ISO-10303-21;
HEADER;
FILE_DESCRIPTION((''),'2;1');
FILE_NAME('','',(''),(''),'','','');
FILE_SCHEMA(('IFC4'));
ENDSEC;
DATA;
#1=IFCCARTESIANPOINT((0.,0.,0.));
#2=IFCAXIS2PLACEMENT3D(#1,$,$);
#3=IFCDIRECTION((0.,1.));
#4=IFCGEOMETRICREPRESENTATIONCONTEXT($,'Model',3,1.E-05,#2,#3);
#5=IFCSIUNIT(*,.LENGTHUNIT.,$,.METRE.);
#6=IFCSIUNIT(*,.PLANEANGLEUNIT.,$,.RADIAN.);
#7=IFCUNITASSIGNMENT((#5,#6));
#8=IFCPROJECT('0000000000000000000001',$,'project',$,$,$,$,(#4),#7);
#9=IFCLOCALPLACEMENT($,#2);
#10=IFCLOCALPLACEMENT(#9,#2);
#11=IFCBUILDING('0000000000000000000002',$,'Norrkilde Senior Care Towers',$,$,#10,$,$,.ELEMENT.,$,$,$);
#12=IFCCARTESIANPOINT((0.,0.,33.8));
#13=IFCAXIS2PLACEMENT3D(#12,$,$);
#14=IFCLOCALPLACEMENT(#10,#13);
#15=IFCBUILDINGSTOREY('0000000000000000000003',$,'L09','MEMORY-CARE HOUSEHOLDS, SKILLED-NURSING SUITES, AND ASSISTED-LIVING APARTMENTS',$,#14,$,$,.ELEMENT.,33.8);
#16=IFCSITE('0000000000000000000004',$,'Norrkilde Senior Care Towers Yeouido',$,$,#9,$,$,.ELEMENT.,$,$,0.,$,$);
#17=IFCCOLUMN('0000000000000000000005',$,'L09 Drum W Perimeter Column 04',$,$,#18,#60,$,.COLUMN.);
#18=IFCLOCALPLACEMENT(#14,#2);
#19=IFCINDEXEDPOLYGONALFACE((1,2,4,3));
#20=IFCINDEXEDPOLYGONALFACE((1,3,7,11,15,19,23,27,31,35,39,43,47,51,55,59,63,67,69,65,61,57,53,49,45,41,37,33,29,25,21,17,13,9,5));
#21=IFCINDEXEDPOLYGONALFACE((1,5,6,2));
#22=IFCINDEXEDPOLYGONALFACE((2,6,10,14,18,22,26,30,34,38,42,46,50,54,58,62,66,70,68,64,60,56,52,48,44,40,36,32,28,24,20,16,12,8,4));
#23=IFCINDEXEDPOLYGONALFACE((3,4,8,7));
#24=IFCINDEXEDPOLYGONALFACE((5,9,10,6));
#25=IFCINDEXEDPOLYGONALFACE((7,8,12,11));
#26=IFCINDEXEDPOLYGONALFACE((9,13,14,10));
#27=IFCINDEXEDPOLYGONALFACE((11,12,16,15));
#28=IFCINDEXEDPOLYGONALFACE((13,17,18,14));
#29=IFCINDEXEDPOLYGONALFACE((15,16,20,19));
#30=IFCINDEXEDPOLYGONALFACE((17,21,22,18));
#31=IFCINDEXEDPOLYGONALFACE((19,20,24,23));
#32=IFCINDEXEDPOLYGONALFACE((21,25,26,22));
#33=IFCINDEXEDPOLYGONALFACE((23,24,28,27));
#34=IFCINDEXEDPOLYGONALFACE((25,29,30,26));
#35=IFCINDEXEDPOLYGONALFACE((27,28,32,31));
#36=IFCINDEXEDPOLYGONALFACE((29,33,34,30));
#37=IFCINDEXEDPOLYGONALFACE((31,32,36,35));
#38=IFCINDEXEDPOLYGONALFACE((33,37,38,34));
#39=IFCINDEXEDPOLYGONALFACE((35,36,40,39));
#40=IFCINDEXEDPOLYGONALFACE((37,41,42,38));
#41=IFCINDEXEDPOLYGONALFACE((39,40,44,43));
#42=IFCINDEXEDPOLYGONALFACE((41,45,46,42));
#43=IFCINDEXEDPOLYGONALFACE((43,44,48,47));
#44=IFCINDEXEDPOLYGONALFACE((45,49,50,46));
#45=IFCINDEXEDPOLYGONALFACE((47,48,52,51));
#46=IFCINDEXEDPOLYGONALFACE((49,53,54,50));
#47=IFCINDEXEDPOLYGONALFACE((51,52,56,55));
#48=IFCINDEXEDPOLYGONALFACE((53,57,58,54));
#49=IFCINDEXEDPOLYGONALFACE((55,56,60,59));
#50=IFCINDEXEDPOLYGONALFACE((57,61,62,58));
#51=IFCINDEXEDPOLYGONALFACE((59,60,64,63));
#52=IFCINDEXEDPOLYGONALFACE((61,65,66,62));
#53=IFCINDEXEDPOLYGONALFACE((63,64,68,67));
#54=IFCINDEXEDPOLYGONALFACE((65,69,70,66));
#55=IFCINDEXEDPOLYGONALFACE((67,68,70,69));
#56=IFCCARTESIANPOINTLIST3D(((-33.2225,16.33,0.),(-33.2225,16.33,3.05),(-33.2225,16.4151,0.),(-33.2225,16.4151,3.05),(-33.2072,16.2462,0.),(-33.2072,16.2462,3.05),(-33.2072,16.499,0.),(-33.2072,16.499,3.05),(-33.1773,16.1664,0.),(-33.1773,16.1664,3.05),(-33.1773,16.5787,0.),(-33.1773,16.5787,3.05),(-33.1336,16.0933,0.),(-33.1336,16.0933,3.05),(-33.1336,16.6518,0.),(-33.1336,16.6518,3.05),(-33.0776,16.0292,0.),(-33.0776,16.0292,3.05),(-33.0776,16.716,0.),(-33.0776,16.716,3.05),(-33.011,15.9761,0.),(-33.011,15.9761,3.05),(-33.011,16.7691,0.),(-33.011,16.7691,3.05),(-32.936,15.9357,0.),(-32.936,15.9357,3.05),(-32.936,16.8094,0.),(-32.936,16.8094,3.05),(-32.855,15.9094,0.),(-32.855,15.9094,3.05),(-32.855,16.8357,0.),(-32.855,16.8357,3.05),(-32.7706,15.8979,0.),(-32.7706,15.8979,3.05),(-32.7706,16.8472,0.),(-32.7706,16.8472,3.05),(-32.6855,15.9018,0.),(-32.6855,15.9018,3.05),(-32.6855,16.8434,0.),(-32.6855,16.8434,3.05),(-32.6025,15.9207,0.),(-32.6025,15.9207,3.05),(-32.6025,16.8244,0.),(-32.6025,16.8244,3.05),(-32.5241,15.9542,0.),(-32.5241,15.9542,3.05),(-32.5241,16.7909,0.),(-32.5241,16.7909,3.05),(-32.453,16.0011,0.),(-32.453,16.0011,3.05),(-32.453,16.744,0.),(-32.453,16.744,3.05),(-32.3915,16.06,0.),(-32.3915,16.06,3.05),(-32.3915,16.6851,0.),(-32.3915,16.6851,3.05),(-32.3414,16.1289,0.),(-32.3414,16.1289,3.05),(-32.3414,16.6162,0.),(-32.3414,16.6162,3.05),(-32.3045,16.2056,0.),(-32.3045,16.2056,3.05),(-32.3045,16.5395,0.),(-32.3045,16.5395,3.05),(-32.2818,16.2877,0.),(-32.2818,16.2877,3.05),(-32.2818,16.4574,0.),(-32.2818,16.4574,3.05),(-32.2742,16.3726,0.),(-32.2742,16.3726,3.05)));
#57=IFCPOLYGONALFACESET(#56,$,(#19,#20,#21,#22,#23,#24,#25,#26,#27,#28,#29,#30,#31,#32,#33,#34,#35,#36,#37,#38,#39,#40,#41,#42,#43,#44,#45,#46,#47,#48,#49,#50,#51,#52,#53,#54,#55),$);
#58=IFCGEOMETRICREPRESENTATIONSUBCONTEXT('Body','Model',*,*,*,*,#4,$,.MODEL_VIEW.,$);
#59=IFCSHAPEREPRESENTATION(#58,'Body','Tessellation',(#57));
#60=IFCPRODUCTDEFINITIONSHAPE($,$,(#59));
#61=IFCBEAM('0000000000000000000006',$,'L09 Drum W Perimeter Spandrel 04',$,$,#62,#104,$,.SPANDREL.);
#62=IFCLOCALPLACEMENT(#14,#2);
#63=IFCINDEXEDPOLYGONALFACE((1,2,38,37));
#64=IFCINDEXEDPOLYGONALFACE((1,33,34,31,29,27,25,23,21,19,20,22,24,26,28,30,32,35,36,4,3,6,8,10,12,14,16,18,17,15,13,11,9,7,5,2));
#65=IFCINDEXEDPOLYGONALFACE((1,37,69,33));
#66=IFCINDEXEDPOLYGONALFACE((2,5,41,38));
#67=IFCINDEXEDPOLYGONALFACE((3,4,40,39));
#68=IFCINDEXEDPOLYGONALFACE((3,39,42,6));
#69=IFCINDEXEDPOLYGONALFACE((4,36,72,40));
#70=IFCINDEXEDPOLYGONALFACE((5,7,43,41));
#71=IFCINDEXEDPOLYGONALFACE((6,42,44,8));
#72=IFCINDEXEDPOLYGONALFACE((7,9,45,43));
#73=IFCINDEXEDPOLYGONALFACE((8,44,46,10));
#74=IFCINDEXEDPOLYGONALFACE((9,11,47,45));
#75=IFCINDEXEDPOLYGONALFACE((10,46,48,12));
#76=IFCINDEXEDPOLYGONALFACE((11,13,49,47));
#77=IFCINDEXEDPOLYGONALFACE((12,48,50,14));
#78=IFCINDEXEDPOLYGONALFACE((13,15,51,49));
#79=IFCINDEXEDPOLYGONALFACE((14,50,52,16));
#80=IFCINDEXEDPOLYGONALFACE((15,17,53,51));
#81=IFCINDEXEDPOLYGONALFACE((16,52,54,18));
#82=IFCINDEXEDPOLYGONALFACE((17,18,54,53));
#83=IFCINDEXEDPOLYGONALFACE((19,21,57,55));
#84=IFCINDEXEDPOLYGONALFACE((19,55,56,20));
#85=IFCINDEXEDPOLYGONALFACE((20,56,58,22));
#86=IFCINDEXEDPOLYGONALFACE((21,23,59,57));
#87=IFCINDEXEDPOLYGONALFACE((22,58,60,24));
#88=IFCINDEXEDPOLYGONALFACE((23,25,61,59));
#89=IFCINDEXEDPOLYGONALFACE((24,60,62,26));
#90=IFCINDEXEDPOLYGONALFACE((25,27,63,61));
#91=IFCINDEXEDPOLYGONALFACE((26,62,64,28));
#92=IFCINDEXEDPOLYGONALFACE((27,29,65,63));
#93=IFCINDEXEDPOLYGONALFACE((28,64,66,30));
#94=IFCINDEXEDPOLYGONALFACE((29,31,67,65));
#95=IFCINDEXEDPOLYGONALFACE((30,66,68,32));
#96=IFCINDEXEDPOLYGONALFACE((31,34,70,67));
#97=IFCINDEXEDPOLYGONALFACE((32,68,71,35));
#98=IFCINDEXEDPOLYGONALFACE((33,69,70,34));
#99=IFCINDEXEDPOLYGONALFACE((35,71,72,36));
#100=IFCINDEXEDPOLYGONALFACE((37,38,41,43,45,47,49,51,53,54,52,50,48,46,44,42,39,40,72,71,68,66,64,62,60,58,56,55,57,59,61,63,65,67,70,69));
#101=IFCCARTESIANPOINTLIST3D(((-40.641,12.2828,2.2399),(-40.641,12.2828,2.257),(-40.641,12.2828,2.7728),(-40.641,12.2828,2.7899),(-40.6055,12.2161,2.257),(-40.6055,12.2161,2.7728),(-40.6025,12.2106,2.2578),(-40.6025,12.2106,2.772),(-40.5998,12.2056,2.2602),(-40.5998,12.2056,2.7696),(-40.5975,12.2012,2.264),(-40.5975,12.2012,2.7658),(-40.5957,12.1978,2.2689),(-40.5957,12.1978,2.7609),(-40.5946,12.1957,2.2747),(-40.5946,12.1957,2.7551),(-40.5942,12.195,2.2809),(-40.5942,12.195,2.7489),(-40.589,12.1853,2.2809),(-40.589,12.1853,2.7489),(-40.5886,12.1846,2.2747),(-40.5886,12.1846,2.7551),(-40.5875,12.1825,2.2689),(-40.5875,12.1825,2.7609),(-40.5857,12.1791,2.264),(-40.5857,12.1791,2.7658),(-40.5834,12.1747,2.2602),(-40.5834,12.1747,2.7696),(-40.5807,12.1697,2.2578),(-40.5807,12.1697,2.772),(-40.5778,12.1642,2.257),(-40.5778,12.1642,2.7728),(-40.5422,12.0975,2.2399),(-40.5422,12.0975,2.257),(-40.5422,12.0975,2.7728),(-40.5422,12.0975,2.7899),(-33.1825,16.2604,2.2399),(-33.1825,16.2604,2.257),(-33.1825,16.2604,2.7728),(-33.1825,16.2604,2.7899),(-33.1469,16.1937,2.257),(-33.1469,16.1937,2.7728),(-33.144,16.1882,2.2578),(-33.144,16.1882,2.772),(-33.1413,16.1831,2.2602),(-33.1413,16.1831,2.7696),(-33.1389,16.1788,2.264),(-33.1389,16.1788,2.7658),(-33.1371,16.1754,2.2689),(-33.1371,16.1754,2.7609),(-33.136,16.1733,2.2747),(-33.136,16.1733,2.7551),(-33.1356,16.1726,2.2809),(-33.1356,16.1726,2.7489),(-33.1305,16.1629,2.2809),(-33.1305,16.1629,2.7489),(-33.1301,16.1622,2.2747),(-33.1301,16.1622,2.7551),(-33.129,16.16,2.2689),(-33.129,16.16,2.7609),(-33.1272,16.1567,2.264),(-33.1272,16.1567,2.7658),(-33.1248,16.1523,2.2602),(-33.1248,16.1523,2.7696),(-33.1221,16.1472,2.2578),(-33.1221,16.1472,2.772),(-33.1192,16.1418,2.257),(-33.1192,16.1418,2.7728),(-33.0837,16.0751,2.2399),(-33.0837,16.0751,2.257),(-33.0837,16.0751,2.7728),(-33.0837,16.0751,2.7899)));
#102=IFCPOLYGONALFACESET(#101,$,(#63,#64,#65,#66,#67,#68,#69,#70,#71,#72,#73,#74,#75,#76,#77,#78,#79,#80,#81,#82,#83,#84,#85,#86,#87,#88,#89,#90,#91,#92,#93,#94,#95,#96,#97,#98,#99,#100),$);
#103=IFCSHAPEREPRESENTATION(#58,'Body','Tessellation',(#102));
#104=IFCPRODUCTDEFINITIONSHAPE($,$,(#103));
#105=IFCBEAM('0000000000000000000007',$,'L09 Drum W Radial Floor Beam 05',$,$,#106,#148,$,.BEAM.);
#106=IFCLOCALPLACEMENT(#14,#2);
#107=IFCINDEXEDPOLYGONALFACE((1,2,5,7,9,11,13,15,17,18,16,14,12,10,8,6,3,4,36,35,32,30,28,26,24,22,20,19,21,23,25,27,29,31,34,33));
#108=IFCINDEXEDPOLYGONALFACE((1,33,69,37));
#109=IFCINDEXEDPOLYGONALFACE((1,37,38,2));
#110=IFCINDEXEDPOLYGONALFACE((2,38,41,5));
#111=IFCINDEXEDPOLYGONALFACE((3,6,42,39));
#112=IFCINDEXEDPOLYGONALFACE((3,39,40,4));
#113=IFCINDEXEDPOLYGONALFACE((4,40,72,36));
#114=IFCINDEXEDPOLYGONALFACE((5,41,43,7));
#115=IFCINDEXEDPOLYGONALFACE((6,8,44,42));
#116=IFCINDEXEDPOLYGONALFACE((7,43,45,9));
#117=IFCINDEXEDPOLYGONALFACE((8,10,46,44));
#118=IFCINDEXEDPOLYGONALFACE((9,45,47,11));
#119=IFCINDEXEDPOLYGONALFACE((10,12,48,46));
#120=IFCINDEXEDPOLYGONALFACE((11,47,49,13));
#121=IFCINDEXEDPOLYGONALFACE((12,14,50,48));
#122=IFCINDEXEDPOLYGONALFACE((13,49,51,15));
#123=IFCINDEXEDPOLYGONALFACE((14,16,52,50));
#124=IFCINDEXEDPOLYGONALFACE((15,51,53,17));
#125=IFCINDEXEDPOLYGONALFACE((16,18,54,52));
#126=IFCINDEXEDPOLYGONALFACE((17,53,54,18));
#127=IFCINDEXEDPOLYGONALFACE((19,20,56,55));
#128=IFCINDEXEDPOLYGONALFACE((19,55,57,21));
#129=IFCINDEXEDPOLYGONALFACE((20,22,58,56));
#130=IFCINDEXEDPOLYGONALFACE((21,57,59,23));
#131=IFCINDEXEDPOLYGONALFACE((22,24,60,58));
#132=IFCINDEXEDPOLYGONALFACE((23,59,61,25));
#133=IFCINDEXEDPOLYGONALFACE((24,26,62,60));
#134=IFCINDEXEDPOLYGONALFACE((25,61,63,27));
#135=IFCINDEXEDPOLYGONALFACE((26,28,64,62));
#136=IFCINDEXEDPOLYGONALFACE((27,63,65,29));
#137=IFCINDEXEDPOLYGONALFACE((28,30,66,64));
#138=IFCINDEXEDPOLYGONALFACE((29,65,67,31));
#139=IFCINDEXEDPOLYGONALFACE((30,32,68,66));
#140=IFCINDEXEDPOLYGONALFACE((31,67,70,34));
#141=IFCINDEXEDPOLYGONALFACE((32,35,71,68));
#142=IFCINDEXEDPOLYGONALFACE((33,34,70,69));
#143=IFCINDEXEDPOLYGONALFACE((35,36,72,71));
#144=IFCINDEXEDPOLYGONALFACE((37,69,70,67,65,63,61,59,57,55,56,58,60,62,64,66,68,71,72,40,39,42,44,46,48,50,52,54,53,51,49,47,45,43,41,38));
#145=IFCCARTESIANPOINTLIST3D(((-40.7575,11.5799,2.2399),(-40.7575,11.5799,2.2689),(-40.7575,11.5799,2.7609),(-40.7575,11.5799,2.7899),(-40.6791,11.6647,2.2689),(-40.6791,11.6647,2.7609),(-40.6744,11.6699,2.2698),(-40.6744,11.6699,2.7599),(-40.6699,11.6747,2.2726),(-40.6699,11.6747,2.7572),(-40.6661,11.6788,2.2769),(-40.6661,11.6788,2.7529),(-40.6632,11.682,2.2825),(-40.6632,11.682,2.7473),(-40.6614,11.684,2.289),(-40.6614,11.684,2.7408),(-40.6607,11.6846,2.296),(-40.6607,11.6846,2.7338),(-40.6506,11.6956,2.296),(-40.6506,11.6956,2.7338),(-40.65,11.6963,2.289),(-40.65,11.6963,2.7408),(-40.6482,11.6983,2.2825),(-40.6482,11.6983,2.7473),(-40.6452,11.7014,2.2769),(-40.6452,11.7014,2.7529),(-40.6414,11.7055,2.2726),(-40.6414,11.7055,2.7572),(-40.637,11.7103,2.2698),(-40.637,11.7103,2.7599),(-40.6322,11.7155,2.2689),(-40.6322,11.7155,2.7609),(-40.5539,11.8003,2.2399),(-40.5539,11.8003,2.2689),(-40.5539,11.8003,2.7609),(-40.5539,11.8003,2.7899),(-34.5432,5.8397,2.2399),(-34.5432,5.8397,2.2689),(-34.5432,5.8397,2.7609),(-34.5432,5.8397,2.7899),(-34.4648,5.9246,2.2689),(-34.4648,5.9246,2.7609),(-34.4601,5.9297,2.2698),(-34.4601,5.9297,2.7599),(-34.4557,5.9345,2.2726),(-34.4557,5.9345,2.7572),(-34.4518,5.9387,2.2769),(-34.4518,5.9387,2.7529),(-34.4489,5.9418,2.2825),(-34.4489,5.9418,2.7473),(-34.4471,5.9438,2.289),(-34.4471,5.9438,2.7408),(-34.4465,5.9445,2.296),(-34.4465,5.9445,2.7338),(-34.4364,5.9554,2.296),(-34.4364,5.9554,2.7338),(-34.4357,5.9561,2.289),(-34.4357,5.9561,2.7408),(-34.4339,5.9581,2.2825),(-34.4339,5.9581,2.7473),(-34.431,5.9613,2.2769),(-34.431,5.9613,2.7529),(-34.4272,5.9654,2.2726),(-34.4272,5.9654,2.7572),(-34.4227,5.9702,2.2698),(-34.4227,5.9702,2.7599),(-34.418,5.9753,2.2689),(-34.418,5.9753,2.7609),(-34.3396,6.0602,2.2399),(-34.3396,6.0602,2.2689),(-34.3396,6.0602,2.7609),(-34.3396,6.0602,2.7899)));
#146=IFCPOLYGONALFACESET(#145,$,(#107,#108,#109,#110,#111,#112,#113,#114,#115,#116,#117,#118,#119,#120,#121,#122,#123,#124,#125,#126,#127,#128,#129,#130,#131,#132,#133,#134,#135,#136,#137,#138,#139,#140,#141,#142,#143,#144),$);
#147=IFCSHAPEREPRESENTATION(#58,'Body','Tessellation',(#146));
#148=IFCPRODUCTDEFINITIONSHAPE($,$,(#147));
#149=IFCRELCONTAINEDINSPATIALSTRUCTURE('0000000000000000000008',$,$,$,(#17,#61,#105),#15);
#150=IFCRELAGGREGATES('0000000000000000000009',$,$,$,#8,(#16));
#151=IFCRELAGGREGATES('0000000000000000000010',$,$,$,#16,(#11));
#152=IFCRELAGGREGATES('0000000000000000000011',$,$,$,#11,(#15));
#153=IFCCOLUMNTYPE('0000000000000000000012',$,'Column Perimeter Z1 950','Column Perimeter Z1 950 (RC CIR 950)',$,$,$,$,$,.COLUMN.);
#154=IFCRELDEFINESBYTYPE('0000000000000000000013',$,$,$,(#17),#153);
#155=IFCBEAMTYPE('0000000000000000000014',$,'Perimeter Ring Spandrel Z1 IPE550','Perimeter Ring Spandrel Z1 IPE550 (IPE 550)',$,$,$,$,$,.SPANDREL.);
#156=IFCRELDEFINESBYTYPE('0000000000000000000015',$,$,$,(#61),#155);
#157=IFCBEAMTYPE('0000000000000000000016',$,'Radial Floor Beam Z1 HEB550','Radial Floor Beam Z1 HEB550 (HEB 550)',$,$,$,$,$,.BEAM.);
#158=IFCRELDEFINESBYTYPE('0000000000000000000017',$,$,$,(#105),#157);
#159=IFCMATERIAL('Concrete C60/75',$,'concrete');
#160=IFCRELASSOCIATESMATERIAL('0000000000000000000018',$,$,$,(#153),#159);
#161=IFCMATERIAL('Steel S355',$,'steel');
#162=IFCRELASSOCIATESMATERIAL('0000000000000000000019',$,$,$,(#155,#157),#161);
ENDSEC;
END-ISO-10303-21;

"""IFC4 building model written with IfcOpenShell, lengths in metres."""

from ifc_helpers import new_model, si_unit, direction, frame, origin, origin_2d, place, context, subcontext, project, spatial, circle, i_section, extrude, source, transform, mapped, material, material_profile, profile_set, type_object, type_shapes, element, save


model = new_model("IFC4")

# Units and contexts
model_context = context("Model", 3, precision=1e-05, world=origin(), true_north=direction((0.0, 1.0)))
body_context = subcontext(model_context, "Body", "Model", "MODEL_VIEW")
ifc_project = project(units=[si_unit("LENGTHUNIT", "METRE"), si_unit("PLANEANGLEUNIT", "RADIAN")], contexts=[model_context])

# Site, building, storey
site_placement = place(None, origin())
site = spatial("IfcSite", under=ifc_project, at=site_placement, Name="Norrkilde Senior Care Towers Yeouido", CompositionType="ELEMENT", RefElevation=0.0)
building_placement = place(site_placement, origin())
building = spatial("IfcBuilding", under=site, at=building_placement, Name="Norrkilde Senior Care Towers", CompositionType="ELEMENT")
storey_placement = place(building_placement, frame((0.0, 0.0, 33.8)))
storey = spatial("IfcBuildingStorey", under=building, at=storey_placement, Name="L09", Description="MEMORY-CARE HOUSEHOLDS, SKILLED-NURSING SUITES, AND ASSISTED-LIVING APARTMENTS", CompositionType="ELEMENT", Elevation=33.8)

# Column
ifc_material_1 = material(Name="Concrete C60/75", Category="concrete")
ifc_material_profile_1 = material_profile(ifc_material_1, circle(Radius=0.4751, at=origin_2d()), Name="RC CIR 950")
ifc_profile_set_1 = profile_set([ifc_material_profile_1], Name="Concrete C60/75")
column_type = type_object("IfcColumnType", Name="Column Perimeter Z1 950", Description="Column Perimeter Z1 950 (RC CIR 950)", PredefinedType="COLUMN", material=ifc_profile_set_1)
shared_shape_1 = source(origin(), body_context, "Body", "SweptSolid", [
    extrude(circle(Radius=0.4751, at=origin_2d()), origin(), (0.0, 0.0, 1.0), 3.05),
])
type_shapes(column_type, [shared_shape_1])
column_placement = place(storey_placement, frame((-32.7493, 16.3726, 0.0), z_axis=(0.0, 0.0, 1.0), x_axis=(1.0, 0.0, 0.0)))
element("IfcColumn", 1, at=column_placement, inside=storey, type_object=column_type, Name="L09 Drum W Perimeter Column 04", PredefinedType="COLUMN", context=body_context, shape_type="MappedRepresentation", body=[
    mapped(shared_shape_1, transform((0.0, 0.0, 0.0), x_axis=(1.0, 0.0, 0.0), y_axis=(0.0, 1.0, 0.0), z_axis=(0.0, 0.0, 1.0), scale=1.0)),
])

# Beams
ifc_material_2 = material(Name="Steel S355", Category="steel")
ifc_material_profile_2 = material_profile(ifc_material_2, i_section(OverallWidth=0.21, OverallDepth=0.55, WebThickness=0.011, FlangeThickness=0.0171, FilletRadius=0.0239, at=origin_2d()), Name="IPE 550")
ifc_profile_set_2 = profile_set([ifc_material_profile_2], Name="Steel S355")
beam_type_1 = type_object("IfcBeamType", Name="Perimeter Ring Spandrel Z1 IPE550", Description="Perimeter Ring Spandrel Z1 IPE550 (IPE 550)", PredefinedType="SPANDREL", material=ifc_profile_set_2)
shared_shape_2 = source(origin(), body_context, "Body", "SweptSolid", [
    extrude(i_section(OverallWidth=0.21, OverallDepth=0.55, WebThickness=0.011, FlangeThickness=0.0171, FilletRadius=0.0239, at=origin_2d()), origin(), (0.0, 0.0, 1.0), 8.4529),
])
type_shapes(beam_type_1, [shared_shape_2])
beam_1_placement = place(storey_placement, frame((-33.1331, 16.1677, 2.5149), z_axis=(-0.882369, -0.470558, 0.0), x_axis=(0.470558, -0.882369, 0.0)))
element("IfcBeam", 2, at=beam_1_placement, inside=storey, type_object=beam_type_1, Name="L09 Drum W Perimeter Spandrel 04", PredefinedType="SPANDREL", context=body_context, shape_type="MappedRepresentation", body=[
    mapped(shared_shape_2, transform((0.0, 0.0, 0.0), x_axis=(1.0, 0.0, 0.0), y_axis=(0.0, 1.0, 0.0), z_axis=(0.0, 0.0, 1.0), scale=1.0)),
])
ifc_material_profile_3 = material_profile(ifc_material_2, i_section(OverallWidth=0.3, OverallDepth=0.55, WebThickness=0.0149, FlangeThickness=0.0291, FilletRadius=0.0271, at=origin_2d()), Name="HEB 550")
ifc_profile_set_3 = profile_set([ifc_material_profile_3], Name="Steel S355")
beam_type_2 = type_object("IfcBeamType", Name="Radial Floor Beam Z1 HEB550", Description="Radial Floor Beam Z1 HEB550 (HEB 550)", PredefinedType="BEAM", material=ifc_profile_set_3)
shared_shape_3 = source(origin(), body_context, "Body", "SweptSolid", [
    extrude(i_section(OverallWidth=0.3, OverallDepth=0.55, WebThickness=0.0149, FlangeThickness=0.0291, FilletRadius=0.0271, at=origin_2d()), origin(), (0.0, 0.0, 1.0), 8.4597),
])
beam_2_placement = place(storey_placement, frame((-34.4414, 5.95, 2.5149), z_axis=(-0.734573, 0.678529, 0.0), x_axis=(-0.678529, -0.734573, 0.0)))
element("IfcBeam", 3, at=beam_2_placement, inside=storey, type_object=beam_type_2, Name="L09 Drum W Radial Floor Beam 05", PredefinedType="BEAM", context=body_context, shape_type="MappedRepresentation", body=[
    mapped(shared_shape_3, transform((0.0, 0.0, 0.0), x_axis=(1.0, 0.0, 0.0), y_axis=(0.0, 1.0, 0.0), z_axis=(0.0, 0.0, 1.0), scale=1.0)),
])

save(model, "model.ifc")
